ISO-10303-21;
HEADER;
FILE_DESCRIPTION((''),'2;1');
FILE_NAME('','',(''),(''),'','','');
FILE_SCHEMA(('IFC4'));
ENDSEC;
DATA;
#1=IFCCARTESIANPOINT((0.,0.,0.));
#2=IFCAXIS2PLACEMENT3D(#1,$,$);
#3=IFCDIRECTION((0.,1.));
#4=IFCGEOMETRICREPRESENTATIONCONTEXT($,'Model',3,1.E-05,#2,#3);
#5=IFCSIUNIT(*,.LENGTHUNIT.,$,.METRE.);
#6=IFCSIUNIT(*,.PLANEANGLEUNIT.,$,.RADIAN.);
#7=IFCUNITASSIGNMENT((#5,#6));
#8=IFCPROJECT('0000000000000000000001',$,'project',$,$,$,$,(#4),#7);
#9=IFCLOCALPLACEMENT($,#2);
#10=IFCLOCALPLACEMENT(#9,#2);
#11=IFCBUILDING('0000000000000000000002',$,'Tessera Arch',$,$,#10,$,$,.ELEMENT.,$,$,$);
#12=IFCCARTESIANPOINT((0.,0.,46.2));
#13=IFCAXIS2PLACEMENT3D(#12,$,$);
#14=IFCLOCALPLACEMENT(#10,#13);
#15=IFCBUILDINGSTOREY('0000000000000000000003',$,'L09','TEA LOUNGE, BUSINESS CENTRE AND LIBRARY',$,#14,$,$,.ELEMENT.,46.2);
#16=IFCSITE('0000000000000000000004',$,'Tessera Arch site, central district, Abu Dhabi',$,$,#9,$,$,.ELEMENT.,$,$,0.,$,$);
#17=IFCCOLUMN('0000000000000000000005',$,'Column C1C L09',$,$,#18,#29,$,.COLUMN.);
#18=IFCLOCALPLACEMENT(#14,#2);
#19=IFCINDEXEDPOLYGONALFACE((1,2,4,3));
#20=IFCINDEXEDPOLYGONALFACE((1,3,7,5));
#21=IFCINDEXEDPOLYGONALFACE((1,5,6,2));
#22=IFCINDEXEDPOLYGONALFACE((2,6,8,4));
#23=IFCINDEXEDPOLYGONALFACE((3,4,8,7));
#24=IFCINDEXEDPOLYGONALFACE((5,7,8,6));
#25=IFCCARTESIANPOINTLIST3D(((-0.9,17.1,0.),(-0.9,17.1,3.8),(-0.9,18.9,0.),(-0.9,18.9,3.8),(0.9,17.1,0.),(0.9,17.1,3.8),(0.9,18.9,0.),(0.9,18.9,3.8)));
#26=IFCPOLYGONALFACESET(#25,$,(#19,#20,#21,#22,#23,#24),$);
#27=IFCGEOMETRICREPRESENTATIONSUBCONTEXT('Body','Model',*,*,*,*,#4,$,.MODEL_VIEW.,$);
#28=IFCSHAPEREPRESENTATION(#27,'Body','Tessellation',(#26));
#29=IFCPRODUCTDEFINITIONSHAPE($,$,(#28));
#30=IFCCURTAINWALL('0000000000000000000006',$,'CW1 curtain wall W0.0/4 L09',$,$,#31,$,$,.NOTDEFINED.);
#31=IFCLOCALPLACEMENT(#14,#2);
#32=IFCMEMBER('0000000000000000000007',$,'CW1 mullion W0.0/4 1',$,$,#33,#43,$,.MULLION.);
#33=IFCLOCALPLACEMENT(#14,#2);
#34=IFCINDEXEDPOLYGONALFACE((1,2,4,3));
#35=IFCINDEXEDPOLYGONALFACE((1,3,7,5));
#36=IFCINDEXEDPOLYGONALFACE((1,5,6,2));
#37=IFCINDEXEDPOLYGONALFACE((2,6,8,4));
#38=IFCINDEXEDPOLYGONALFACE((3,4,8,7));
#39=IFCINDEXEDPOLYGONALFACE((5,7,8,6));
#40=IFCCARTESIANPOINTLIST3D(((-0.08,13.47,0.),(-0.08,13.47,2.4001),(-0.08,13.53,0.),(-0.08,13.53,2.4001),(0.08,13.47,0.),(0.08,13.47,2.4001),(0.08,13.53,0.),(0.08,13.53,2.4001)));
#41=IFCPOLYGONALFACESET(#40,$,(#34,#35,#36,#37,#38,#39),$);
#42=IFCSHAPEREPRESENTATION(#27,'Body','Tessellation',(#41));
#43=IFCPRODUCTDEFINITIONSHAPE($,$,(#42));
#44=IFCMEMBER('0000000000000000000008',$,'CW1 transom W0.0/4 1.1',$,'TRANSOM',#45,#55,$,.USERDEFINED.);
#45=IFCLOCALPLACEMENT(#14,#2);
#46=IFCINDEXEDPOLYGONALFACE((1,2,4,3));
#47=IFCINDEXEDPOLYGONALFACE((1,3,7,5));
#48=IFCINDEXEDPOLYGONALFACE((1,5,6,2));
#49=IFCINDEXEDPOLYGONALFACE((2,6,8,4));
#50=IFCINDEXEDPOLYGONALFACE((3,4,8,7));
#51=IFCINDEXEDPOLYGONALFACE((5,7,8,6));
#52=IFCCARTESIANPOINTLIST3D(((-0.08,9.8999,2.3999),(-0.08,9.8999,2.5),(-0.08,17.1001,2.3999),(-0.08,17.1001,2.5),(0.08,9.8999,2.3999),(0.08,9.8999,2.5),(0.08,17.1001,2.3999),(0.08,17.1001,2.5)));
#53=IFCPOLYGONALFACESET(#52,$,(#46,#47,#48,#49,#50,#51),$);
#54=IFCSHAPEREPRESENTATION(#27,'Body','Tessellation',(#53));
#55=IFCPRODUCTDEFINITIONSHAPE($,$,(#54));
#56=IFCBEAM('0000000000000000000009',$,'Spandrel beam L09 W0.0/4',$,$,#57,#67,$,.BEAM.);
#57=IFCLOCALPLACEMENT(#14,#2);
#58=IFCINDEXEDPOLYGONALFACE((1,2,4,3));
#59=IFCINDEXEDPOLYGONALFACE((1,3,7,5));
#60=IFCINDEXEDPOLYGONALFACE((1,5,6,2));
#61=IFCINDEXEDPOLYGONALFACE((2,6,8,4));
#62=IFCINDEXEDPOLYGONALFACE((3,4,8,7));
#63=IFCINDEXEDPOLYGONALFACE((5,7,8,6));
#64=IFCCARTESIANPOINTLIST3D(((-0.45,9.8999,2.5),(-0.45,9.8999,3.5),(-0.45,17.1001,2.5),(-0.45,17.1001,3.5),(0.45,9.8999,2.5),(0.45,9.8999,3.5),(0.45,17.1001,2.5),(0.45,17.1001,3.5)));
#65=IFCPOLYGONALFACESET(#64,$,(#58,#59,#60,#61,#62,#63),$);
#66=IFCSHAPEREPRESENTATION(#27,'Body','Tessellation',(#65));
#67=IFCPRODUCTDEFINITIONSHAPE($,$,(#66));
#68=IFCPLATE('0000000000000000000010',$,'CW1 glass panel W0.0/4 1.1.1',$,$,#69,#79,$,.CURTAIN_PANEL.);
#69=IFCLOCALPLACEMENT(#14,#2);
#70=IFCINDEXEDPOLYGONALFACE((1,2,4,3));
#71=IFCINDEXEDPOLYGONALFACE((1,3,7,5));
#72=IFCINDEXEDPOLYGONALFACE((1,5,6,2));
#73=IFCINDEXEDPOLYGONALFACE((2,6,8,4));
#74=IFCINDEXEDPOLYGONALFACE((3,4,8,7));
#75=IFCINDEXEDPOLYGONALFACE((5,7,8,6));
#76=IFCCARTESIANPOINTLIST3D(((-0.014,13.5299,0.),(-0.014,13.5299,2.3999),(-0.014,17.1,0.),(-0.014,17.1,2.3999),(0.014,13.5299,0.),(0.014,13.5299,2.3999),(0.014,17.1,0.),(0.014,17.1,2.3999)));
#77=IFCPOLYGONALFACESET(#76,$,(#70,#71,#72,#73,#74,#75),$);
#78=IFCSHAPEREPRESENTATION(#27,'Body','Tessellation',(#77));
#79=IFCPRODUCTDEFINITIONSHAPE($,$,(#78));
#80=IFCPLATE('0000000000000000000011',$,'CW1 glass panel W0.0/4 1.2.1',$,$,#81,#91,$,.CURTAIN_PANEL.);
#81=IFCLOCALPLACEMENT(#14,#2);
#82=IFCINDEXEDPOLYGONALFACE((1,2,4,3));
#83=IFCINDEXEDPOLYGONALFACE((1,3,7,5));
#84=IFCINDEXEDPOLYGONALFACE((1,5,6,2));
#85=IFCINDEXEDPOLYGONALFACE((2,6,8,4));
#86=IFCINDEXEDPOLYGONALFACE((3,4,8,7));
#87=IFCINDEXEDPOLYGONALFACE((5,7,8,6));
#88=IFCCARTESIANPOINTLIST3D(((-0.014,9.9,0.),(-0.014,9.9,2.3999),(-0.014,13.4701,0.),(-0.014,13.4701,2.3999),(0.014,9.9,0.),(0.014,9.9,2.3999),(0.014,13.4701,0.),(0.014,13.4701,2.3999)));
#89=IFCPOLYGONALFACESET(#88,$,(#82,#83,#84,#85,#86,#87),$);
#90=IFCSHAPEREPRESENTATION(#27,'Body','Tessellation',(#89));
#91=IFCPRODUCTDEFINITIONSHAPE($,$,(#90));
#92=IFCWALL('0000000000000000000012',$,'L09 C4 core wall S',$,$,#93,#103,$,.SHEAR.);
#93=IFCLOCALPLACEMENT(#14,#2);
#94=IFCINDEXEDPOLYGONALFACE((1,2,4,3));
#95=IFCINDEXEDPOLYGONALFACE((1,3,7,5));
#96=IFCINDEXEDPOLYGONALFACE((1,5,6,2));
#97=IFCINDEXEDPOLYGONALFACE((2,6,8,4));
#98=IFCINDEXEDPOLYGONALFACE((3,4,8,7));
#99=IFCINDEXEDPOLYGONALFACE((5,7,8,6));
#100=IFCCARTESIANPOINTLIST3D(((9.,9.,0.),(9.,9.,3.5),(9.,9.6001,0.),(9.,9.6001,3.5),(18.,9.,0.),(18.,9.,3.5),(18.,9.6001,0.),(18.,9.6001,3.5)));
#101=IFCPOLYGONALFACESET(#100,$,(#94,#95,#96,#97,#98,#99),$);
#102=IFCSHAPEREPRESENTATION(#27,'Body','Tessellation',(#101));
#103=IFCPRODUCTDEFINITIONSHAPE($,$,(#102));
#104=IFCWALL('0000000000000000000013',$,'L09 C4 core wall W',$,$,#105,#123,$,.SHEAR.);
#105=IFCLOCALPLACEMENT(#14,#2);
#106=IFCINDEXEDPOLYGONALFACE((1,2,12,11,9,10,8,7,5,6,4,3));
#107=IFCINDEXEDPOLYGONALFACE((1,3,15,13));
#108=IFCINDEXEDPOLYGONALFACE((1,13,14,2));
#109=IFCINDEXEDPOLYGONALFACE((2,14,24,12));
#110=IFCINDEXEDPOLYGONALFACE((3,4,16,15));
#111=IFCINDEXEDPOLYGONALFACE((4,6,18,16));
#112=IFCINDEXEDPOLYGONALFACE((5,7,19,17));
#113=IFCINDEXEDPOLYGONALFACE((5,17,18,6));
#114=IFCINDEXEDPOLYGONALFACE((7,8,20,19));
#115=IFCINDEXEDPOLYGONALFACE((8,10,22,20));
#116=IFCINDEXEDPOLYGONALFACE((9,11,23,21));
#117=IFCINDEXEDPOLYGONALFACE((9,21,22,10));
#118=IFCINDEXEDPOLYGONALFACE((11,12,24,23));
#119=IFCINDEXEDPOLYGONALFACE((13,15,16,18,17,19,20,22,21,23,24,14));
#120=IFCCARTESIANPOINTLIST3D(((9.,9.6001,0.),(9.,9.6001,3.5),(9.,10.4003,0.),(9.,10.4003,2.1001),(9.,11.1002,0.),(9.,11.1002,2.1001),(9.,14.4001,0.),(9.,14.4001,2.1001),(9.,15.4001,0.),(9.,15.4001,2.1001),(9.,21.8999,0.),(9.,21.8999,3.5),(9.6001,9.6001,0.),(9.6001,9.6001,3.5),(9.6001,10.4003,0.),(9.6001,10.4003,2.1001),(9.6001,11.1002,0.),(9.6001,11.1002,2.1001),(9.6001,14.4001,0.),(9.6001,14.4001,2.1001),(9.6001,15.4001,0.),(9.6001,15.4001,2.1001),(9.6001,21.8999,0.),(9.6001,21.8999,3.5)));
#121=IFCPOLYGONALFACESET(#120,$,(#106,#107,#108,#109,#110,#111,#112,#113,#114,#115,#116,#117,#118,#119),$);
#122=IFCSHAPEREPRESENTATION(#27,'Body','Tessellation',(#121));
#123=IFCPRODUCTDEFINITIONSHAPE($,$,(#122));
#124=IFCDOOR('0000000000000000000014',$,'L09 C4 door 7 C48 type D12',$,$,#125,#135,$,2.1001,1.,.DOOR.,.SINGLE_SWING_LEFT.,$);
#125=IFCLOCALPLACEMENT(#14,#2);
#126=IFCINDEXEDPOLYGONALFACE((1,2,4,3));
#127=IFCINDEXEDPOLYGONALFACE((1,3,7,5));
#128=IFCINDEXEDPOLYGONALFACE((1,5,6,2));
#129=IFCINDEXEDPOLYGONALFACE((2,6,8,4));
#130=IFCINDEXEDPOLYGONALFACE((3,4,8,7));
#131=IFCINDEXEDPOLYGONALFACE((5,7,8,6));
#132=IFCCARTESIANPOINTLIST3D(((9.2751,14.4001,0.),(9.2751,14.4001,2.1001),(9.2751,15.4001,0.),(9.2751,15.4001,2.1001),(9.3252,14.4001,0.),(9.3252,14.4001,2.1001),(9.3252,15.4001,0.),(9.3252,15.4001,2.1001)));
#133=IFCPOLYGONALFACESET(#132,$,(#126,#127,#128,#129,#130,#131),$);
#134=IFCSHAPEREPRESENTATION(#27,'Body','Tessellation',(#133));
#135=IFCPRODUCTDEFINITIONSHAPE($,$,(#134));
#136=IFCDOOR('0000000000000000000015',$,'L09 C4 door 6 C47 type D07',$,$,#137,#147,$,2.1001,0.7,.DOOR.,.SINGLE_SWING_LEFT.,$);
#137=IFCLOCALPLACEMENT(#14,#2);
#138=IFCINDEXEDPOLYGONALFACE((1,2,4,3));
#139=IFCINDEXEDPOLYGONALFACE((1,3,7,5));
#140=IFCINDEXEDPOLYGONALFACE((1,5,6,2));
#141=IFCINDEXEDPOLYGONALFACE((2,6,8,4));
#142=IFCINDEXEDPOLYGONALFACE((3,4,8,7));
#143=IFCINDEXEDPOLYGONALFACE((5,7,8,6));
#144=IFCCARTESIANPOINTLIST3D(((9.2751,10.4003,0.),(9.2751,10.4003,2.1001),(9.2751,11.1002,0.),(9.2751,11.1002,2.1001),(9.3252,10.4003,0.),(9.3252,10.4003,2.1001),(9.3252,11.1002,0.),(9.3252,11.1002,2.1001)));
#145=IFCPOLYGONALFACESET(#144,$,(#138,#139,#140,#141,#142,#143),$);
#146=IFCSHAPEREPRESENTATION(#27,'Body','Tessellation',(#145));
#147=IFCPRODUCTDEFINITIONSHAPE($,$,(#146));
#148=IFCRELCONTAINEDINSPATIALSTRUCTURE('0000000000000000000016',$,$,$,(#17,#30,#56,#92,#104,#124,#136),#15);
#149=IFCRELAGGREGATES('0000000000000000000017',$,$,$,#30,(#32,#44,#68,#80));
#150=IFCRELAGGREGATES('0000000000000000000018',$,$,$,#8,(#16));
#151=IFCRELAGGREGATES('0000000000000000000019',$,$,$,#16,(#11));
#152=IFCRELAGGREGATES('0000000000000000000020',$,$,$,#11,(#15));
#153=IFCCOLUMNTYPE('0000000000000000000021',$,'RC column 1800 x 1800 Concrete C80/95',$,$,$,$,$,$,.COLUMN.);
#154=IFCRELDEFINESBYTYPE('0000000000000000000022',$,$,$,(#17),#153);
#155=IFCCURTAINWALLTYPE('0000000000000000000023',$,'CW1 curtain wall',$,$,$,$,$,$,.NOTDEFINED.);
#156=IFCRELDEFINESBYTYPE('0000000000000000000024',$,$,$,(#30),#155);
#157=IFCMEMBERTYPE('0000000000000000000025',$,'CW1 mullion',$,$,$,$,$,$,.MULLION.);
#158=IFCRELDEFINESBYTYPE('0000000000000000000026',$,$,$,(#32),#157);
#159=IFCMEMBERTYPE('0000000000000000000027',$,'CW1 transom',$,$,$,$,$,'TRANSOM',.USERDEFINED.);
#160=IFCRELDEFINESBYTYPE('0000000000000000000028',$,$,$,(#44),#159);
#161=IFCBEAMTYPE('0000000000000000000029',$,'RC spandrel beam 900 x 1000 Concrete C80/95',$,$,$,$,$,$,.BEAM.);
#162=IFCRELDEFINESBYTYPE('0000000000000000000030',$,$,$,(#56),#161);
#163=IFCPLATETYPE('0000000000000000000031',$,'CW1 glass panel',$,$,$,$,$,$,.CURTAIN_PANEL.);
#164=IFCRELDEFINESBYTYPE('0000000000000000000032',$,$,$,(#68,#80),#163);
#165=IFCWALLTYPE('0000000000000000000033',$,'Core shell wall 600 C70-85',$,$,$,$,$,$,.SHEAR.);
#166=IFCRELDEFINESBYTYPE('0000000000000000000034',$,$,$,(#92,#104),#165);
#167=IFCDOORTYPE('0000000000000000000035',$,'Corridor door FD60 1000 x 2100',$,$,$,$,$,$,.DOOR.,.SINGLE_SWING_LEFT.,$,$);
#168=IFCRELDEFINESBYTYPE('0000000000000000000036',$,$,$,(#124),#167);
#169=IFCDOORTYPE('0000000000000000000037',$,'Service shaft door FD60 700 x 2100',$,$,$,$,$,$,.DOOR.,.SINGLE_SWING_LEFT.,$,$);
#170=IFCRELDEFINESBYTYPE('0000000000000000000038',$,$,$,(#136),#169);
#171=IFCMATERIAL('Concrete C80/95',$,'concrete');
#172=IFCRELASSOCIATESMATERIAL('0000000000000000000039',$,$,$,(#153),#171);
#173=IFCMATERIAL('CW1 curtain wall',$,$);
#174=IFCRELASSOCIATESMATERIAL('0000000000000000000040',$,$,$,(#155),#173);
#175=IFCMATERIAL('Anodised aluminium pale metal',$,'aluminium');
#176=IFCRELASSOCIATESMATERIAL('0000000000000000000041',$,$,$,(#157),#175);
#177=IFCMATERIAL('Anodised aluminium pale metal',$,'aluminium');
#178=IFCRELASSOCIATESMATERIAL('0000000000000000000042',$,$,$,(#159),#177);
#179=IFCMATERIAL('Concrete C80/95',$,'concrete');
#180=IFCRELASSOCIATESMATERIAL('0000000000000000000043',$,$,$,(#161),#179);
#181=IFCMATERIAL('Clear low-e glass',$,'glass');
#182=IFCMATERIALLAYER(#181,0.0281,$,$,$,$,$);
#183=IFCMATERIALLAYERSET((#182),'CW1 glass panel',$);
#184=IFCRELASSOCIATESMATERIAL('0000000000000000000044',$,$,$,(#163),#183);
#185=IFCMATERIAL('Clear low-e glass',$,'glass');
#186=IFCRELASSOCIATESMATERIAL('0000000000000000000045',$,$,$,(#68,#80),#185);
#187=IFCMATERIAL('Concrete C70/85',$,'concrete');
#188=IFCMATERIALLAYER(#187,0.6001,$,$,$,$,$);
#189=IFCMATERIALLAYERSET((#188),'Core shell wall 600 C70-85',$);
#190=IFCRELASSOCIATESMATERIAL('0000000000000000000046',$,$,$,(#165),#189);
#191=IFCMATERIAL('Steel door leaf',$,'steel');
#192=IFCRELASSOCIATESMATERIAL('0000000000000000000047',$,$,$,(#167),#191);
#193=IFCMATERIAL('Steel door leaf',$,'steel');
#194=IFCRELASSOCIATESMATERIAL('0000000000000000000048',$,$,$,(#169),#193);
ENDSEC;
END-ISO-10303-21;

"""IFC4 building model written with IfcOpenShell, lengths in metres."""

from ifc_helpers import new_model, si_unit, direction, frame, frame_2d, origin, origin_2d, place, context, subcontext, project, spatial, rectangle, extrude, material, layer, layer_set, material_profile, profile_set, type_object, element, fill, aggregate, save


model = new_model("IFC4")

# Units and contexts
model_context = context("Model", 3, precision=1e-05, world=origin(), true_north=direction((0.0, 1.0)))
body_context = subcontext(model_context, "Body", "Model", "MODEL_VIEW")
ifc_project = project(units=[si_unit("LENGTHUNIT", "METRE"), si_unit("PLANEANGLEUNIT", "RADIAN")], contexts=[model_context])

# Site, building, storey
site_placement = place(None, origin())
site = spatial("IfcSite", under=ifc_project, at=site_placement, Name="Tessera Arch site, central district, Abu Dhabi", CompositionType="ELEMENT", RefElevation=0.0)
building_placement = place(site_placement, origin())
building = spatial("IfcBuilding", under=site, at=building_placement, Name="Tessera Arch", CompositionType="ELEMENT")
storey_placement = place(building_placement, frame((0.0, 0.0, 46.2)))
storey = spatial("IfcBuildingStorey", under=building, at=storey_placement, Name="L09", Description="TEA LOUNGE, BUSINESS CENTRE AND LIBRARY", CompositionType="ELEMENT", Elevation=46.2)

# Column
ifc_material_1 = material(Name="Concrete C80/95", Category="concrete")
ifc_material_profile_1 = material_profile(ifc_material_1, rectangle(XDim=1.8, YDim=1.8, at=origin_2d()), Name="RC column 1800 x 1800 Concrete C80/95")
ifc_profile_set_1 = profile_set([ifc_material_profile_1], Name="Concrete C80/95")
column_type = type_object("IfcColumnType", Name="RC column 1800 x 1800 Concrete C80/95", PredefinedType="COLUMN", material=ifc_profile_set_1)
column_placement = place(storey_placement, frame((0.0, 18.0, 0.0), z_axis=(0.0, 0.0, 1.0), x_axis=(1.0, 0.0, 0.0)))
element("IfcColumn", 1, at=column_placement, inside=storey, type_object=column_type, Name="Column C1C L09", PredefinedType="COLUMN", context=body_context, shape_type="SweptSolid", body=[
    extrude(rectangle(XDim=1.8, YDim=1.8, at=origin_2d()), origin(), (0.0, 0.0, 1.0), 3.8),
])

# Curtain wall, members
ifc_material_2 = material(Name="CW1 curtain wall")
curtain_wall_type = type_object("IfcCurtainWallType", Name="CW1 curtain wall", PredefinedType="NOTDEFINED", material=ifc_material_2)
curtain_wall_placement = place(storey_placement, origin())
curtain_wall = element("IfcCurtainWall", 2, at=curtain_wall_placement, inside=storey, type_object=curtain_wall_type, Name="CW1 curtain wall W0.0/4 L09", PredefinedType="NOTDEFINED")
ifc_material_3 = material(Name="Anodised aluminium pale metal", Category="aluminium")
ifc_material_profile_2 = material_profile(ifc_material_3, rectangle(XDim=0.1599, YDim=0.0601, at=origin_2d()), Name="AL 60x160")
ifc_profile_set_2 = profile_set([ifc_material_profile_2], Name="Anodised aluminium pale metal")
member_type_1 = type_object("IfcMemberType", Name="CW1 mullion", PredefinedType="MULLION", material=ifc_profile_set_2)
member_1_placement = place(storey_placement, frame((0.0, 13.5, 0.0), z_axis=(0.0, 0.0, 1.0), x_axis=(1.0, 0.0, 0.0)))
member_1 = element("IfcMember", 3, at=member_1_placement, type_object=member_type_1, Name="CW1 mullion W0.0/4 1", PredefinedType="MULLION", context=body_context, shape_type="SweptSolid", body=[
    extrude(rectangle(XDim=0.1599, YDim=0.0601, at=origin_2d()), origin(), (0.0, 0.0, 1.0), 2.4001),
])
ifc_material_4 = material(Name="Anodised aluminium pale metal", Category="aluminium")
ifc_material_profile_3 = material_profile(ifc_material_4, rectangle(XDim=0.1599, YDim=0.1001, at=origin_2d()), Name="AL 160x100")
ifc_profile_set_3 = profile_set([ifc_material_profile_3], Name="Anodised aluminium pale metal")
member_type_2 = type_object("IfcMemberType", Name="CW1 transom", ElementType="TRANSOM", PredefinedType="USERDEFINED", material=ifc_profile_set_3)
member_2_placement = place(storey_placement, frame((0.0, 17.1001, 2.45), z_axis=(0.0, -1.0, 0.0), x_axis=(1.0, 0.0, 0.0)))
member_2 = element("IfcMember", 4, at=member_2_placement, type_object=member_type_2, Name="CW1 transom W0.0/4 1.1", ObjectType="TRANSOM", PredefinedType="USERDEFINED", context=body_context, shape_type="SweptSolid", body=[
    extrude(rectangle(XDim=0.1599, YDim=0.1001, at=origin_2d()), origin(), (0.0, 0.0, 1.0), 7.2002),
])

# Beam
ifc_material_5 = material(Name="Concrete C80/95", Category="concrete")
ifc_material_profile_4 = material_profile(ifc_material_5, rectangle(XDim=0.8999, YDim=1.0, at=origin_2d()), Name="RC spandrel beam 900 x 1000 Concrete C80/95")
ifc_profile_set_4 = profile_set([ifc_material_profile_4], Name="Concrete C80/95")
beam_type = type_object("IfcBeamType", Name="RC spandrel beam 900 x 1000 Concrete C80/95", PredefinedType="BEAM", material=ifc_profile_set_4)
beam_placement = place(storey_placement, frame((0.0, 17.1001, 3.0), z_axis=(0.0, -1.0, 0.0), x_axis=(1.0, 0.0, 0.0)))
element("IfcBeam", 5, at=beam_placement, inside=storey, type_object=beam_type, Name="Spandrel beam L09 W0.0/4", PredefinedType="BEAM", context=body_context, shape_type="SweptSolid", body=[
    extrude(rectangle(XDim=0.8999, YDim=1.0, at=origin_2d()), origin(), (0.0, 0.0, 1.0), 7.2002),
])

# Plates
ifc_material_6 = material(Name="Clear low-e glass", Category="glass")
ifc_material_7 = material(Name="Clear low-e glass", Category="glass")
ifc_layer_1 = layer(ifc_material_7, 0.0281)
ifc_layer_set_1 = layer_set([ifc_layer_1], Name="CW1 glass panel")
plate_type = type_object("IfcPlateType", Name="CW1 glass panel", PredefinedType="CURTAIN_PANEL", material=ifc_layer_set_1)
plate_1_placement = place(storey_placement, frame((0.0, 15.3149, 0.0), z_axis=(0.0, 0.0, 1.0), x_axis=(0.0, -1.0, 0.0)))
plate_1 = element("IfcPlate", 6, at=plate_1_placement, type_object=plate_type, material=ifc_material_6, Name="CW1 glass panel W0.0/4 1.1.1", PredefinedType="CURTAIN_PANEL", context=body_context, shape_type="SweptSolid", body=[
    extrude(rectangle(XDim=3.5701, YDim=0.0281, at=origin_2d()), origin(), (0.0, 0.0, 1.0), 2.3999),
])
plate_2_placement = place(storey_placement, frame((0.0, 11.6851, 0.0), z_axis=(0.0, 0.0, 1.0), x_axis=(0.0, -1.0, 0.0)))
plate_2 = element("IfcPlate", 7, at=plate_2_placement, type_object=plate_type, material=ifc_material_6, Name="CW1 glass panel W0.0/4 1.2.1", PredefinedType="CURTAIN_PANEL", context=body_context, shape_type="SweptSolid", body=[
    extrude(rectangle(XDim=3.5701, YDim=0.0281, at=origin_2d()), origin(), (0.0, 0.0, 1.0), 2.3999),
])
aggregate(curtain_wall, [member_1, member_2, plate_1, plate_2])

# Wall
ifc_material_8 = material(Name="Concrete C70/85", Category="concrete")
ifc_layer_2 = layer(ifc_material_8, 0.6001)
ifc_layer_set_2 = layer_set([ifc_layer_2], Name="Core shell wall 600 C70-85")
wall_type_1 = type_object("IfcWallType", Name="Core shell wall 600 C70-85", PredefinedType="SHEAR", material=ifc_layer_set_2)
wall_1_placement = place(storey_placement, frame((9.0, 9.3, 0.0), z_axis=(0.0, 0.0, 1.0), x_axis=(1.0, 0.0, 0.0)))
element("IfcWall", 8, at=wall_1_placement, inside=storey, type_object=wall_type_1, Name="L09 C4 core wall S", PredefinedType="SHEAR", context=body_context, shape_type="SweptSolid", body=[
    extrude(rectangle(XDim=9.0, YDim=0.6001, at=frame_2d((4.5, 0.0))), origin(), (0.0, 0.0, 1.0), 3.5),
])

# Wall, openings, doors
wall_2_placement = place(storey_placement, frame((9.3, 9.6001, 0.0), z_axis=(0.0, 0.0, 1.0), x_axis=(0.0, 1.0, 0.0)))
wall_2 = element("IfcWall", 9, at=wall_2_placement, inside=storey, type_object=wall_type_1, Name="L09 C4 core wall W", PredefinedType="SHEAR", context=body_context, shape_type="SweptSolid", body=[
    extrude(rectangle(XDim=12.2998, YDim=0.6001, at=frame_2d((6.1499, 0.0))), origin(), (0.0, 0.0, 1.0), 3.5),
])
opening_1_placement = place(wall_2_placement, frame((0.8, 0.0, 0.0)))
opening_1 = element("IfcOpeningElement", 10, at=opening_1_placement, cuts=wall_2, PredefinedType="OPENING", context=body_context, shape_type="SweptSolid", body=[
    extrude(rectangle(XDim=0.7, YDim=2.1001, at=frame_2d((0.3501, 1.05))), frame((0.0, 0.3101, 0.0), z_axis=(0.0, -1.0, 0.0), x_axis=(1.0, 0.0, 0.0)), (0.0, 0.0, 1.0), 0.6201),
])
opening_2_placement = place(wall_2_placement, frame((4.8, 0.0, 0.0)))
opening_2 = element("IfcOpeningElement", 11, at=opening_2_placement, cuts=wall_2, PredefinedType="OPENING", context=body_context, shape_type="SweptSolid", body=[
    extrude(rectangle(XDim=1.0, YDim=2.1001, at=frame_2d((0.5, 1.05))), frame((0.0, 0.3101, 0.0), z_axis=(0.0, -1.0, 0.0), x_axis=(1.0, 0.0, 0.0)), (0.0, 0.0, 1.0), 0.6201),
])
ifc_material_9 = material(Name="Steel door leaf", Category="steel")
door_type_1 = type_object("IfcDoorType", Name="Corridor door FD60 1000 x 2100", OperationType="SINGLE_SWING_LEFT", PredefinedType="DOOR", material=ifc_material_9)
door_1_placement = place(opening_2_placement, origin())
door_1 = element("IfcDoor", 12, at=door_1_placement, inside=storey, type_object=door_type_1, Name="L09 C4 door 7 C48 type D12", OperationType="SINGLE_SWING_LEFT", OverallHeight=2.1001, OverallWidth=1.0, PredefinedType="DOOR", context=body_context, shape_type="SweptSolid", body=[
    extrude(rectangle(XDim=1.0, YDim=2.1001, at=frame_2d((0.5, 1.05))), frame((0.0, 0.0249, 0.0), z_axis=(0.0, -1.0, 0.0), x_axis=(1.0, 0.0, 0.0)), (0.0, 0.0, 1.0), 0.05),
])
fill(opening_2, door_1)
ifc_material_10 = material(Name="Steel door leaf", Category="steel")
door_type_2 = type_object("IfcDoorType", Name="Service shaft door FD60 700 x 2100", OperationType="SINGLE_SWING_LEFT", PredefinedType="DOOR", material=ifc_material_10)
door_2_placement = place(opening_1_placement, origin())
door_2 = element("IfcDoor", 13, at=door_2_placement, inside=storey, type_object=door_type_2, Name="L09 C4 door 6 C47 type D07", OperationType="SINGLE_SWING_LEFT", OverallHeight=2.1001, OverallWidth=0.7, PredefinedType="DOOR", context=body_context, shape_type="SweptSolid", body=[
    extrude(rectangle(XDim=0.7, YDim=2.1001, at=frame_2d((0.3501, 1.05))), frame((0.0, 0.0249, 0.0), z_axis=(0.0, -1.0, 0.0), x_axis=(1.0, 0.0, 0.0)), (0.0, 0.0, 1.0), 0.05),
])
fill(opening_1, door_2)

save(model, "model.ifc")
